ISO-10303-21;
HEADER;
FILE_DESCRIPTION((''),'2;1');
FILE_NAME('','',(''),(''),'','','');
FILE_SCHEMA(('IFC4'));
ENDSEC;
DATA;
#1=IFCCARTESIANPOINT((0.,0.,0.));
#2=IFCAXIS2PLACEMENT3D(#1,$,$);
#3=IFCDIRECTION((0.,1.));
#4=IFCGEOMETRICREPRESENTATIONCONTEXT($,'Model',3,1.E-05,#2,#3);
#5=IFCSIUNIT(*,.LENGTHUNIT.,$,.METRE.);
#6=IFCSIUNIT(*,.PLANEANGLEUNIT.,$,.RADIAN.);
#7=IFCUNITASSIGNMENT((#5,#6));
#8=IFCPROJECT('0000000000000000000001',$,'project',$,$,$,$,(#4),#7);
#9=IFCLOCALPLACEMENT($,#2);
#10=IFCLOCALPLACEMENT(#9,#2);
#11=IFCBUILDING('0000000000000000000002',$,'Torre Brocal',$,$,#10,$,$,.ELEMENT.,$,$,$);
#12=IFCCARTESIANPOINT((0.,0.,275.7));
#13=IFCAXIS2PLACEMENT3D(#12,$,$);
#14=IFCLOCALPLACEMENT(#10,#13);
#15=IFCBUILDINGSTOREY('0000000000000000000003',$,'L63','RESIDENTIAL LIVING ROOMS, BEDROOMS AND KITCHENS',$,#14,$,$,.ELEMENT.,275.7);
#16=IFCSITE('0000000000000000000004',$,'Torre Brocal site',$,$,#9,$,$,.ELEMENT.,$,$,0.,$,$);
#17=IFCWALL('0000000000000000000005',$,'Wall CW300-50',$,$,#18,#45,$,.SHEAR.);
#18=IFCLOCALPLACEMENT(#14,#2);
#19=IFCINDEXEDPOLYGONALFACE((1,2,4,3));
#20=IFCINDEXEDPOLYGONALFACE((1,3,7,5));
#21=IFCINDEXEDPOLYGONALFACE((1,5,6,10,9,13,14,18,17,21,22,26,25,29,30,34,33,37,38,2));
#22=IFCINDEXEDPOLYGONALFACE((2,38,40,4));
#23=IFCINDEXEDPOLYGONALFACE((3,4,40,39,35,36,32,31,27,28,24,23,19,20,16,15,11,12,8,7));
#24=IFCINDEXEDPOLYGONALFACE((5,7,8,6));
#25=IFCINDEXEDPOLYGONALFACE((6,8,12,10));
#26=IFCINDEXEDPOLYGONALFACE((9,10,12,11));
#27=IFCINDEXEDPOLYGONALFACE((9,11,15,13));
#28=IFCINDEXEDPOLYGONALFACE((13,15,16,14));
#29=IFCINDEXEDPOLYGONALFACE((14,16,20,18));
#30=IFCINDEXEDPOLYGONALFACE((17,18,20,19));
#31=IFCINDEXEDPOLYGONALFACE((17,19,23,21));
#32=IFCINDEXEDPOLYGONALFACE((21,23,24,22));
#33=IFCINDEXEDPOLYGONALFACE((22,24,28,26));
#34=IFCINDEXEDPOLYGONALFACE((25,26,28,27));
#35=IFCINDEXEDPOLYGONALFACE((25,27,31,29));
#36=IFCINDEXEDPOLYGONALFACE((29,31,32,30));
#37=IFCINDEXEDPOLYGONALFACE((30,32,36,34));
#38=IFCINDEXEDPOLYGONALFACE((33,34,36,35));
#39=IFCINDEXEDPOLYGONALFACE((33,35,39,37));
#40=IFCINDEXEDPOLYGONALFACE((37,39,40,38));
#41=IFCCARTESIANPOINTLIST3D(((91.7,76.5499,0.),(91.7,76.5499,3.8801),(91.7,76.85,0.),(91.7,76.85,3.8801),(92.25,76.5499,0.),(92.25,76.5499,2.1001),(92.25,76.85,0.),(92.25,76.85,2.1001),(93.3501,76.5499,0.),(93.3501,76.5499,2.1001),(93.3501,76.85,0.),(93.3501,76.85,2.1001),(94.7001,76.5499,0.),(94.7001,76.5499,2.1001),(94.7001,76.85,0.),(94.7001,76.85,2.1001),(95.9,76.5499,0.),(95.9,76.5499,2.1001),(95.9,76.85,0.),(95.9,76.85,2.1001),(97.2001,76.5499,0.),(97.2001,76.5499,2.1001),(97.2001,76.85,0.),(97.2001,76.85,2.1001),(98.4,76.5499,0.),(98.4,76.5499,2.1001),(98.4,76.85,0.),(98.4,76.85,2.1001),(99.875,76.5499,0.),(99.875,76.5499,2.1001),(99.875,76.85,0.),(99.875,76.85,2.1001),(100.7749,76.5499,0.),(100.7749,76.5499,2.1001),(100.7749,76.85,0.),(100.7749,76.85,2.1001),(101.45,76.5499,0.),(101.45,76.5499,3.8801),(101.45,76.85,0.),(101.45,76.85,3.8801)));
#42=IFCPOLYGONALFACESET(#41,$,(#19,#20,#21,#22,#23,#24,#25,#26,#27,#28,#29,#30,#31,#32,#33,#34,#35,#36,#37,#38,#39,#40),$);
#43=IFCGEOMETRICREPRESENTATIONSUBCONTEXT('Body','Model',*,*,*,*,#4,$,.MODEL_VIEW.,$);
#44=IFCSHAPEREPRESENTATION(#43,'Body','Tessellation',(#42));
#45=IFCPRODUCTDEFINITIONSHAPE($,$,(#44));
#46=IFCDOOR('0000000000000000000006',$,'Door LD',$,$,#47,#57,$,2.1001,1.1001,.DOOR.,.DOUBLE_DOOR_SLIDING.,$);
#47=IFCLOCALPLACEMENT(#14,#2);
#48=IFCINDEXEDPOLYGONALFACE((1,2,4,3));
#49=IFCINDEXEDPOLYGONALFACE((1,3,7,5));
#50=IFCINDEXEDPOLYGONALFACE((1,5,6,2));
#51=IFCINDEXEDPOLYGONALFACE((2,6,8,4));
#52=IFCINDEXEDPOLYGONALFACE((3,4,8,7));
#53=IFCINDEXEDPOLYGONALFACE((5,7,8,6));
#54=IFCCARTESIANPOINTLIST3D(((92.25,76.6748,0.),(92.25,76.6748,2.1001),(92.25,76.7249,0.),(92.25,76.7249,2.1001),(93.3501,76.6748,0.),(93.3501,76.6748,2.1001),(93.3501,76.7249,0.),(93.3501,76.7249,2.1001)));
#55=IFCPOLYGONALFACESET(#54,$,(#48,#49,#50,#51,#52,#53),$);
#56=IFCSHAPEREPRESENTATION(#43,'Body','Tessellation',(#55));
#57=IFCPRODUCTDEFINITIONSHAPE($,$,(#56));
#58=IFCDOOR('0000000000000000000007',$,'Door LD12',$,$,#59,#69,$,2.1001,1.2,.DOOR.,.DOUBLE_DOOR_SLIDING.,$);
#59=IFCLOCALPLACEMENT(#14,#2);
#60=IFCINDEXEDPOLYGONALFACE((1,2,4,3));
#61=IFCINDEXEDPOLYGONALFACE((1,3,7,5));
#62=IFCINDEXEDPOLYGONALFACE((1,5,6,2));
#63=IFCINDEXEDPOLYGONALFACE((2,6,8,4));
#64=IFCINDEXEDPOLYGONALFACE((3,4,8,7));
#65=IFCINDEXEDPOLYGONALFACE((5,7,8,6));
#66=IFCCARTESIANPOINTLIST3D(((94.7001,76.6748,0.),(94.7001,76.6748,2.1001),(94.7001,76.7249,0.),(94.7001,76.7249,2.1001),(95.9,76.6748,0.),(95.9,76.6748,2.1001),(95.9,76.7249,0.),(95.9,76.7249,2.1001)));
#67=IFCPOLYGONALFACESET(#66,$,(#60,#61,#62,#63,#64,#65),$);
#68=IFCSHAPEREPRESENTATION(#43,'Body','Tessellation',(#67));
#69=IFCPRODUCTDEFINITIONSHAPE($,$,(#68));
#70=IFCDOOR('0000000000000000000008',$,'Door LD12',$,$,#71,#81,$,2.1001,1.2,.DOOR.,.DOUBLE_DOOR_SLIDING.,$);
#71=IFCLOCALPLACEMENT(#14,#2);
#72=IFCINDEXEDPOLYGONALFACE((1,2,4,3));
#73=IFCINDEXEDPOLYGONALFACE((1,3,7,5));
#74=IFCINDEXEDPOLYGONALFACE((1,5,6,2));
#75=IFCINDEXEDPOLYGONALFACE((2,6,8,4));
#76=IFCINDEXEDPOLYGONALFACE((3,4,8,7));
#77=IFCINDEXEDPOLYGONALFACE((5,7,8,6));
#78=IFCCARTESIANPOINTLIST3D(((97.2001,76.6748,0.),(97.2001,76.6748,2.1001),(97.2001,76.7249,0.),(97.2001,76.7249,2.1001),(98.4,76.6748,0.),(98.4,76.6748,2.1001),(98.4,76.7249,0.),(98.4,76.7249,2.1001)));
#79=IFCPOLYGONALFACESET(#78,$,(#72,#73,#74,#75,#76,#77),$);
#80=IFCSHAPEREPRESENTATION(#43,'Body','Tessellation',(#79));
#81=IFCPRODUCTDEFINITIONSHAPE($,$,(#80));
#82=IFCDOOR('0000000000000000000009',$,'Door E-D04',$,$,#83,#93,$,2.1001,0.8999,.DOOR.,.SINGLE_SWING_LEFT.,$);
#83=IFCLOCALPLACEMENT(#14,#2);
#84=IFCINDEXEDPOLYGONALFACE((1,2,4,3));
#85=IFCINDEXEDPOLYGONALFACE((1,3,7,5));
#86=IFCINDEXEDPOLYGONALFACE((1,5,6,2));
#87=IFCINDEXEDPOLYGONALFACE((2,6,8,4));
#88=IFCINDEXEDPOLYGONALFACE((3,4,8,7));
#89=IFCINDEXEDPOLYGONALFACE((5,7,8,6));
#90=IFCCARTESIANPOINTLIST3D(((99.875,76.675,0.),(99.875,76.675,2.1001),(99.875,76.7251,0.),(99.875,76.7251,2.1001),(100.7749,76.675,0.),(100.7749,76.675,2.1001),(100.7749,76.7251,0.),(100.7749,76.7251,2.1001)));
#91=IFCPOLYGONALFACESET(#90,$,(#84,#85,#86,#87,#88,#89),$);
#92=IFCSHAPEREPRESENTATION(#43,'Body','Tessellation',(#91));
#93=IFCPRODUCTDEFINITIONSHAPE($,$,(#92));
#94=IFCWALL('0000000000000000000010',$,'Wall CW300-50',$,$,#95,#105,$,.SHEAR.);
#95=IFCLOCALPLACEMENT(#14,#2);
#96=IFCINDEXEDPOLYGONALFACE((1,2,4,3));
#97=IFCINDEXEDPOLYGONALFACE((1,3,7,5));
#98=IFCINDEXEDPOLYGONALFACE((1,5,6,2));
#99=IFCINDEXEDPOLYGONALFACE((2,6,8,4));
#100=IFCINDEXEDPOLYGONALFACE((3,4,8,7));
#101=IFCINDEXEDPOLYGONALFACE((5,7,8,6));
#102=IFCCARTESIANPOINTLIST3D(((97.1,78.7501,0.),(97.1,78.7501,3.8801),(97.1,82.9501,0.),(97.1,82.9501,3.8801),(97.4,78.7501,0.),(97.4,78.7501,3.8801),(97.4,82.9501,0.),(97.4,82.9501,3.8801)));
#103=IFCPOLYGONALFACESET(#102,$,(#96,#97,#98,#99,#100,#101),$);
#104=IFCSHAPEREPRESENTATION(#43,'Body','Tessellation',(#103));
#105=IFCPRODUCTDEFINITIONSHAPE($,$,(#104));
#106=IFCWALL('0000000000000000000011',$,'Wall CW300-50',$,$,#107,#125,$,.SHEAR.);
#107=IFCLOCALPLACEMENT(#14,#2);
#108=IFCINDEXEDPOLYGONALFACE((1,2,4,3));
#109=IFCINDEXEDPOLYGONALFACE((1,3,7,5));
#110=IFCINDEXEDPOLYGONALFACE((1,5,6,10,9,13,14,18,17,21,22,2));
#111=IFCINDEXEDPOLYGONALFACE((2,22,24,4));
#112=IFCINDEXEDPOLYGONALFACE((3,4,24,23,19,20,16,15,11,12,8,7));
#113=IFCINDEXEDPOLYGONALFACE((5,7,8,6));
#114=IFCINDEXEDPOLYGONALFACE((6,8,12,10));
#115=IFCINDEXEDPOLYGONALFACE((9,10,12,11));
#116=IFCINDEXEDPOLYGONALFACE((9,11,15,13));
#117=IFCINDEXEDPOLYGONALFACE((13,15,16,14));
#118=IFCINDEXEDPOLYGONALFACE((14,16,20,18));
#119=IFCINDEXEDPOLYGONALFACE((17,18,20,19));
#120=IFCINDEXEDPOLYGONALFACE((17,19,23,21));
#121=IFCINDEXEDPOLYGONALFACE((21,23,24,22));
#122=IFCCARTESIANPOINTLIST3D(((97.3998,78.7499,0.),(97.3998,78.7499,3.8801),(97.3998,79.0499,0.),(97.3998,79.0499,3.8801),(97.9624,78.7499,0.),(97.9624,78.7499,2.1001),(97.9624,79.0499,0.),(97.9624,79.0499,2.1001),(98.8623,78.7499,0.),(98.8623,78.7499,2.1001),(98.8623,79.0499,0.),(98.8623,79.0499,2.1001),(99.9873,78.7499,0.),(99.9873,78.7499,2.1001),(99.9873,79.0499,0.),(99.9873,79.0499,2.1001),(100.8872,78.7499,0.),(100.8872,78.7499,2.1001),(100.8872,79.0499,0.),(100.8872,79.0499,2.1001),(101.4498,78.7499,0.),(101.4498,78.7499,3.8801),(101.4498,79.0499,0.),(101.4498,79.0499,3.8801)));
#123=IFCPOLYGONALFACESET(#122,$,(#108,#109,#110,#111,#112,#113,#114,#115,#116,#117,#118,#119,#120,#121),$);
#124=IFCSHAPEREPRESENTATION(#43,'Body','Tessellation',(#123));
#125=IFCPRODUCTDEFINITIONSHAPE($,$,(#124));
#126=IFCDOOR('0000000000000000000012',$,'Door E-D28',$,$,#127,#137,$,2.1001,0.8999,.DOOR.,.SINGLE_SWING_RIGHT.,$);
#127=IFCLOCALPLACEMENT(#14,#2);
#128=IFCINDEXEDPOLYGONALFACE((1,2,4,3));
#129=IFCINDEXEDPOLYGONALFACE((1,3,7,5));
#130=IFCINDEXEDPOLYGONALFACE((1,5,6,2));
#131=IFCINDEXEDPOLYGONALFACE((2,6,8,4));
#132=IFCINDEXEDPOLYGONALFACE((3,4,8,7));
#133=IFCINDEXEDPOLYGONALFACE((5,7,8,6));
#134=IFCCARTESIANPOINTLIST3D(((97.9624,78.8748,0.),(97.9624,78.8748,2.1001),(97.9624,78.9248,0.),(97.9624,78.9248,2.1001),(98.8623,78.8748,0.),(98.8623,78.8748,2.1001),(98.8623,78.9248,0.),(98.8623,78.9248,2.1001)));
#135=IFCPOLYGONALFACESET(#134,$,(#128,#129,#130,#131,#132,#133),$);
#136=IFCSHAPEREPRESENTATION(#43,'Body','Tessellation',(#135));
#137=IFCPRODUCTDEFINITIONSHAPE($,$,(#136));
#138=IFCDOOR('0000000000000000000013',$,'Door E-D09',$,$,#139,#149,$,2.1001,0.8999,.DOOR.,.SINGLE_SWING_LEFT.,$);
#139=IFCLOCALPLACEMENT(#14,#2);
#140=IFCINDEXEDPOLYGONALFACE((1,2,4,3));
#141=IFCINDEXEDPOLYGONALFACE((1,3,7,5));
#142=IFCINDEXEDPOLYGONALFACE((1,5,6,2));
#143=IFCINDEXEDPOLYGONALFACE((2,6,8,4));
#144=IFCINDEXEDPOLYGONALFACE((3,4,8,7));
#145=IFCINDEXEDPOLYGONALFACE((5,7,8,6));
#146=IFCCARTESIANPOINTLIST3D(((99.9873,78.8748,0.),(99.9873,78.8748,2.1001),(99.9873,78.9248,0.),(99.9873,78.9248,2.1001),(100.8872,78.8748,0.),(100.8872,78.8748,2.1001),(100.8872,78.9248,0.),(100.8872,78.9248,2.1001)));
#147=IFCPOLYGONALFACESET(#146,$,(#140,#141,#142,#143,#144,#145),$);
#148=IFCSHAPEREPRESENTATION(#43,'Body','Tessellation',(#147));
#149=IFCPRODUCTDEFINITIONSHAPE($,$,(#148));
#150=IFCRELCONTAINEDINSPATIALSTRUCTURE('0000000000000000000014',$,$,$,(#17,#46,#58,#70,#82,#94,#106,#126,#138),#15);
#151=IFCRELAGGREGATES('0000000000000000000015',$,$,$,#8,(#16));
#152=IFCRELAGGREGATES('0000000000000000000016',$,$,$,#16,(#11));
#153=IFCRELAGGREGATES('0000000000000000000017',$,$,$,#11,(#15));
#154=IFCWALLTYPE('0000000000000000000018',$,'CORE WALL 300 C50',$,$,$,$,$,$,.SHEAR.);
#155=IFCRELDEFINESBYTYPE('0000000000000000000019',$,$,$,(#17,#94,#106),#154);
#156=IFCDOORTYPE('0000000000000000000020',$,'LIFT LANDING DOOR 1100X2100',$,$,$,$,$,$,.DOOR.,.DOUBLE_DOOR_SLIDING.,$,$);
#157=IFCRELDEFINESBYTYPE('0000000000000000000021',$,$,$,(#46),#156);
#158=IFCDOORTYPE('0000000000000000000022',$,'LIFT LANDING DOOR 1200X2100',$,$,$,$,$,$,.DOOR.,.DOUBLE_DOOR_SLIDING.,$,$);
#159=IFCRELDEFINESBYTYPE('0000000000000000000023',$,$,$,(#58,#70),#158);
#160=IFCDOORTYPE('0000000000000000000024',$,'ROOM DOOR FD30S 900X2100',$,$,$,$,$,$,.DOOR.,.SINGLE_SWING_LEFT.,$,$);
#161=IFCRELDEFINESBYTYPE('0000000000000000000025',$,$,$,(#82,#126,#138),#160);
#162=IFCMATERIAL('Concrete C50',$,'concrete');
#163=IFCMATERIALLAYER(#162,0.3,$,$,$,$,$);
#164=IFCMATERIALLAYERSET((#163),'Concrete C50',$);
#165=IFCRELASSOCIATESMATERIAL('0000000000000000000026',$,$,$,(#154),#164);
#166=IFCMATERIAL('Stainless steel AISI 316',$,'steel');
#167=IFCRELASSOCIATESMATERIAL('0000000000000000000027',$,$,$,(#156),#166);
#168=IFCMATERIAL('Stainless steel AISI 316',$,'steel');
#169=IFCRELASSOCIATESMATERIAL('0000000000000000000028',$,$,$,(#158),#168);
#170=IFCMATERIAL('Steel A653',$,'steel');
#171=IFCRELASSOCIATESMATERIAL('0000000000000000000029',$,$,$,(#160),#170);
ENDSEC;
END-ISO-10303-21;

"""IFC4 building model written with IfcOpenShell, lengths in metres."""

from ifc_helpers import new_model, si_unit, direction, frame, frame_2d, origin, place, context, subcontext, project, spatial, rectangle, extrude, material, layer, layer_set, type_object, element, fill, save


model = new_model("IFC4")

# Units and contexts
model_context = context("Model", 3, precision=1e-05, world=origin(), true_north=direction((0.0, 1.0)))
body_context = subcontext(model_context, "Body", "Model", "MODEL_VIEW")
ifc_project = project(units=[si_unit("LENGTHUNIT", "METRE"), si_unit("PLANEANGLEUNIT", "RADIAN")], contexts=[model_context])

# Site, building, storey
site_placement = place(None, origin())
site = spatial("IfcSite", under=ifc_project, at=site_placement, Name="Torre Brocal site", CompositionType="ELEMENT", RefElevation=0.0)
building_placement = place(site_placement, origin())
building = spatial("IfcBuilding", under=site, at=building_placement, Name="Torre Brocal", CompositionType="ELEMENT")
storey_placement = place(building_placement, frame((0.0, 0.0, 275.7)))
storey = spatial("IfcBuildingStorey", under=building, at=storey_placement, Name="L63", Description="RESIDENTIAL LIVING ROOMS, BEDROOMS AND KITCHENS", CompositionType="ELEMENT", Elevation=275.7)

# Shared definitions
ifc_material_1 = material(Name="Concrete C50", Category="concrete")
ifc_layer_1 = layer(ifc_material_1, 0.3)
ifc_layer_set_1 = layer_set([ifc_layer_1], Name="Concrete C50")
wall_type_1 = type_object("IfcWallType", Name="CORE WALL 300 C50", PredefinedType="SHEAR", material=ifc_layer_set_1)

# Wall, openings, doors
wall_1_placement = place(storey_placement, frame((91.7, 76.7, 0.0), z_axis=(0.0, 0.0, 1.0), x_axis=(1.0, 0.0, 0.0)))
wall_1 = element("IfcWall", 1, at=wall_1_placement, inside=storey, type_object=wall_type_1, Name="Wall CW300-50", PredefinedType="SHEAR", context=body_context, shape_type="SweptSolid", body=[
    extrude(rectangle(XDim=9.75, YDim=0.3, at=frame_2d((4.875, 0.0))), origin(), (0.0, 0.0, 1.0), 3.8801),
])
opening_1_placement = place(wall_1_placement, frame((0.55, 0.0, 0.0)))
opening_1 = element("IfcOpeningElement", 2, at=opening_1_placement, cuts=wall_1, PredefinedType="OPENING", context=body_context, shape_type="SweptSolid", body=[
    extrude(rectangle(XDim=1.1001, YDim=2.1001, at=frame_2d((0.55, 1.05))), frame((0.0, 0.1599, 0.0), z_axis=(0.0, -1.0, 0.0), x_axis=(1.0, 0.0, 0.0)), (0.0, 0.0, 1.0), 0.3201),
])
opening_2_placement = place(wall_1_placement, frame((3.0, 0.0, 0.0)))
opening_2 = element("IfcOpeningElement", 3, at=opening_2_placement, cuts=wall_1, PredefinedType="OPENING", context=body_context, shape_type="SweptSolid", body=[
    extrude(rectangle(XDim=1.2, YDim=2.1001, at=frame_2d((0.6001, 1.05))), frame((0.0, 0.1599, 0.0), z_axis=(0.0, -1.0, 0.0), x_axis=(1.0, 0.0, 0.0)), (0.0, 0.0, 1.0), 0.3201),
])
opening_3_placement = place(wall_1_placement, frame((5.5, 0.0, 0.0)))
opening_3 = element("IfcOpeningElement", 4, at=opening_3_placement, cuts=wall_1, PredefinedType="OPENING", context=body_context, shape_type="SweptSolid", body=[
    extrude(rectangle(XDim=1.2, YDim=2.1001, at=frame_2d((0.6001, 1.05))), frame((0.0, 0.1599, 0.0), z_axis=(0.0, -1.0, 0.0), x_axis=(1.0, 0.0, 0.0)), (0.0, 0.0, 1.0), 0.3201),
])
opening_4_placement = place(wall_1_placement, frame((8.175, 0.0, 0.0)))
opening_4 = element("IfcOpeningElement", 5, at=opening_4_placement, cuts=wall_1, PredefinedType="OPENING", context=body_context, shape_type="SweptSolid", body=[
    extrude(rectangle(XDim=0.8999, YDim=2.1001, at=frame_2d((0.45, 1.05))), frame((0.0, 0.1599, 0.0), z_axis=(0.0, -1.0, 0.0), x_axis=(1.0, 0.0, 0.0)), (0.0, 0.0, 1.0), 0.3201),
])
ifc_material_2 = material(Name="Stainless steel AISI 316", Category="steel")
door_type_1 = type_object("IfcDoorType", Name="LIFT LANDING DOOR 1100X2100", OperationType="DOUBLE_DOOR_SLIDING", PredefinedType="DOOR", material=ifc_material_2)
door_1_placement = place(opening_1_placement, origin())
door_1 = element("IfcDoor", 6, at=door_1_placement, inside=storey, type_object=door_type_1, Name="Door LD", OperationType="DOUBLE_DOOR_SLIDING", OverallHeight=2.1001, OverallWidth=1.1001, PredefinedType="DOOR", context=body_context, shape_type="SweptSolid", body=[
    extrude(rectangle(XDim=1.1001, YDim=2.1001, at=frame_2d((0.55, 1.05))), frame((0.0, 0.0249, 0.0), z_axis=(0.0, -1.0, 0.0), x_axis=(1.0, 0.0, 0.0)), (0.0, 0.0, 1.0), 0.05),
])
fill(opening_1, door_1)
ifc_material_3 = material(Name="Stainless steel AISI 316", Category="steel")
door_type_2 = type_object("IfcDoorType", Name="LIFT LANDING DOOR 1200X2100", OperationType="DOUBLE_DOOR_SLIDING", PredefinedType="DOOR", material=ifc_material_3)
door_2_placement = place(opening_2_placement, origin())
door_2 = element("IfcDoor", 7, at=door_2_placement, inside=storey, type_object=door_type_2, Name="Door LD12", OperationType="DOUBLE_DOOR_SLIDING", OverallHeight=2.1001, OverallWidth=1.2, PredefinedType="DOOR", context=body_context, shape_type="SweptSolid", body=[
    extrude(rectangle(XDim=1.2, YDim=2.1001, at=frame_2d((0.6001, 1.05))), frame((0.0, 0.0249, 0.0), z_axis=(0.0, -1.0, 0.0), x_axis=(1.0, 0.0, 0.0)), (0.0, 0.0, 1.0), 0.05),
])
fill(opening_2, door_2)
door_3_placement = place(opening_3_placement, origin())
door_3 = element("IfcDoor", 8, at=door_3_placement, inside=storey, type_object=door_type_2, Name="Door LD12", OperationType="DOUBLE_DOOR_SLIDING", OverallHeight=2.1001, OverallWidth=1.2, PredefinedType="DOOR", context=body_context, shape_type="SweptSolid", body=[
    extrude(rectangle(XDim=1.2, YDim=2.1001, at=frame_2d((0.6001, 1.05))), frame((0.0, 0.0249, 0.0), z_axis=(0.0, -1.0, 0.0), x_axis=(1.0, 0.0, 0.0)), (0.0, 0.0, 1.0), 0.05),
])
fill(opening_3, door_3)
ifc_material_4 = material(Name="Steel A653", Category="steel")
door_type_3 = type_object("IfcDoorType", Name="ROOM DOOR FD30S 900X2100", OperationType="SINGLE_SWING_LEFT", PredefinedType="DOOR", material=ifc_material_4)
door_4_placement = place(opening_4_placement, frame((0.8999, 0.0, 0.0), z_axis=(0.0, 0.0, 1.0), x_axis=(-1.0, 0.0, 0.0)))
door_4 = element("IfcDoor", 9, at=door_4_placement, inside=storey, type_object=door_type_3, Name="Door E-D04", OperationType="SINGLE_SWING_LEFT", OverallHeight=2.1001, OverallWidth=0.8999, PredefinedType="DOOR", context=body_context, shape_type="SweptSolid", body=[
    extrude(rectangle(XDim=0.8999, YDim=2.1001, at=frame_2d((0.45, 1.05))), frame((0.0, 0.0249, 0.0), z_axis=(0.0, -1.0, 0.0), x_axis=(1.0, 0.0, 0.0)), (0.0, 0.0, 1.0), 0.05),
])
fill(opening_4, door_4)

# Wall
wall_2_placement = place(storey_placement, frame((97.25, 78.75, 0.0), z_axis=(0.0, 0.0, 1.0), x_axis=(0.0, 1.0, 0.0)))
element("IfcWall", 10, at=wall_2_placement, inside=storey, type_object=wall_type_1, Name="Wall CW300-50", PredefinedType="SHEAR", context=body_context, shape_type="SweptSolid", body=[
    extrude(rectangle(XDim=4.2, YDim=0.3, at=frame_2d((2.1001, 0.0))), origin(), (0.0, 0.0, 1.0), 3.8801),
])

# Wall, openings, doors
wall_3_placement = place(storey_placement, frame((97.3999, 78.8999, 0.0), z_axis=(0.0, 0.0, 1.0), x_axis=(1.0, 0.0, 0.0)))
wall_3 = element("IfcWall", 11, at=wall_3_placement, inside=storey, type_object=wall_type_1, Name="Wall CW300-50", PredefinedType="SHEAR", context=body_context, shape_type="SweptSolid", body=[
    extrude(rectangle(XDim=4.05, YDim=0.3, at=frame_2d((2.0249, 0.0))), origin(), (0.0, 0.0, 1.0), 3.8801),
])
opening_5_placement = place(wall_3_placement, frame((0.5625, 0.0, 0.0)))
opening_5 = element("IfcOpeningElement", 12, at=opening_5_placement, cuts=wall_3, PredefinedType="OPENING", context=body_context, shape_type="SweptSolid", body=[
    extrude(rectangle(XDim=0.8999, YDim=2.1001, at=frame_2d((0.45, 1.05))), frame((0.0, 0.1599, 0.0), z_axis=(0.0, -1.0, 0.0), x_axis=(1.0, 0.0, 0.0)), (0.0, 0.0, 1.0), 0.3201),
])
opening_6_placement = place(wall_3_placement, frame((2.5874, 0.0, 0.0)))
opening_6 = element("IfcOpeningElement", 13, at=opening_6_placement, cuts=wall_3, PredefinedType="OPENING", context=body_context, shape_type="SweptSolid", body=[
    extrude(rectangle(XDim=0.8999, YDim=2.1001, at=frame_2d((0.45, 1.05))), frame((0.0, 0.1599, 0.0), z_axis=(0.0, -1.0, 0.0), x_axis=(1.0, 0.0, 0.0)), (0.0, 0.0, 1.0), 0.3201),
])
door_5_placement = place(opening_5_placement, origin())
door_5 = element("IfcDoor", 14, at=door_5_placement, inside=storey, type_object=door_type_3, Name="Door E-D28", OperationType="SINGLE_SWING_RIGHT", OverallHeight=2.1001, OverallWidth=0.8999, PredefinedType="DOOR", context=body_context, shape_type="SweptSolid", body=[
    extrude(rectangle(XDim=0.8999, YDim=2.1001, at=frame_2d((0.45, 1.05))), frame((0.0, 0.0249, 0.0), z_axis=(0.0, -1.0, 0.0), x_axis=(1.0, 0.0, 0.0)), (0.0, 0.0, 1.0), 0.05),
])
fill(opening_5, door_5)
door_6_placement = place(opening_6_placement, origin())
door_6 = element("IfcDoor", 15, at=door_6_placement, inside=storey, type_object=door_type_3, Name="Door E-D09", OperationType="SINGLE_SWING_LEFT", OverallHeight=2.1001, OverallWidth=0.8999, PredefinedType="DOOR", context=body_context, shape_type="SweptSolid", body=[
    extrude(rectangle(XDim=0.8999, YDim=2.1001, at=frame_2d((0.45, 1.05))), frame((0.0, 0.0249, 0.0), z_axis=(0.0, -1.0, 0.0), x_axis=(1.0, 0.0, 0.0)), (0.0, 0.0, 1.0), 0.05),
])
fill(opening_6, door_6)

save(model, "model.ifc")
